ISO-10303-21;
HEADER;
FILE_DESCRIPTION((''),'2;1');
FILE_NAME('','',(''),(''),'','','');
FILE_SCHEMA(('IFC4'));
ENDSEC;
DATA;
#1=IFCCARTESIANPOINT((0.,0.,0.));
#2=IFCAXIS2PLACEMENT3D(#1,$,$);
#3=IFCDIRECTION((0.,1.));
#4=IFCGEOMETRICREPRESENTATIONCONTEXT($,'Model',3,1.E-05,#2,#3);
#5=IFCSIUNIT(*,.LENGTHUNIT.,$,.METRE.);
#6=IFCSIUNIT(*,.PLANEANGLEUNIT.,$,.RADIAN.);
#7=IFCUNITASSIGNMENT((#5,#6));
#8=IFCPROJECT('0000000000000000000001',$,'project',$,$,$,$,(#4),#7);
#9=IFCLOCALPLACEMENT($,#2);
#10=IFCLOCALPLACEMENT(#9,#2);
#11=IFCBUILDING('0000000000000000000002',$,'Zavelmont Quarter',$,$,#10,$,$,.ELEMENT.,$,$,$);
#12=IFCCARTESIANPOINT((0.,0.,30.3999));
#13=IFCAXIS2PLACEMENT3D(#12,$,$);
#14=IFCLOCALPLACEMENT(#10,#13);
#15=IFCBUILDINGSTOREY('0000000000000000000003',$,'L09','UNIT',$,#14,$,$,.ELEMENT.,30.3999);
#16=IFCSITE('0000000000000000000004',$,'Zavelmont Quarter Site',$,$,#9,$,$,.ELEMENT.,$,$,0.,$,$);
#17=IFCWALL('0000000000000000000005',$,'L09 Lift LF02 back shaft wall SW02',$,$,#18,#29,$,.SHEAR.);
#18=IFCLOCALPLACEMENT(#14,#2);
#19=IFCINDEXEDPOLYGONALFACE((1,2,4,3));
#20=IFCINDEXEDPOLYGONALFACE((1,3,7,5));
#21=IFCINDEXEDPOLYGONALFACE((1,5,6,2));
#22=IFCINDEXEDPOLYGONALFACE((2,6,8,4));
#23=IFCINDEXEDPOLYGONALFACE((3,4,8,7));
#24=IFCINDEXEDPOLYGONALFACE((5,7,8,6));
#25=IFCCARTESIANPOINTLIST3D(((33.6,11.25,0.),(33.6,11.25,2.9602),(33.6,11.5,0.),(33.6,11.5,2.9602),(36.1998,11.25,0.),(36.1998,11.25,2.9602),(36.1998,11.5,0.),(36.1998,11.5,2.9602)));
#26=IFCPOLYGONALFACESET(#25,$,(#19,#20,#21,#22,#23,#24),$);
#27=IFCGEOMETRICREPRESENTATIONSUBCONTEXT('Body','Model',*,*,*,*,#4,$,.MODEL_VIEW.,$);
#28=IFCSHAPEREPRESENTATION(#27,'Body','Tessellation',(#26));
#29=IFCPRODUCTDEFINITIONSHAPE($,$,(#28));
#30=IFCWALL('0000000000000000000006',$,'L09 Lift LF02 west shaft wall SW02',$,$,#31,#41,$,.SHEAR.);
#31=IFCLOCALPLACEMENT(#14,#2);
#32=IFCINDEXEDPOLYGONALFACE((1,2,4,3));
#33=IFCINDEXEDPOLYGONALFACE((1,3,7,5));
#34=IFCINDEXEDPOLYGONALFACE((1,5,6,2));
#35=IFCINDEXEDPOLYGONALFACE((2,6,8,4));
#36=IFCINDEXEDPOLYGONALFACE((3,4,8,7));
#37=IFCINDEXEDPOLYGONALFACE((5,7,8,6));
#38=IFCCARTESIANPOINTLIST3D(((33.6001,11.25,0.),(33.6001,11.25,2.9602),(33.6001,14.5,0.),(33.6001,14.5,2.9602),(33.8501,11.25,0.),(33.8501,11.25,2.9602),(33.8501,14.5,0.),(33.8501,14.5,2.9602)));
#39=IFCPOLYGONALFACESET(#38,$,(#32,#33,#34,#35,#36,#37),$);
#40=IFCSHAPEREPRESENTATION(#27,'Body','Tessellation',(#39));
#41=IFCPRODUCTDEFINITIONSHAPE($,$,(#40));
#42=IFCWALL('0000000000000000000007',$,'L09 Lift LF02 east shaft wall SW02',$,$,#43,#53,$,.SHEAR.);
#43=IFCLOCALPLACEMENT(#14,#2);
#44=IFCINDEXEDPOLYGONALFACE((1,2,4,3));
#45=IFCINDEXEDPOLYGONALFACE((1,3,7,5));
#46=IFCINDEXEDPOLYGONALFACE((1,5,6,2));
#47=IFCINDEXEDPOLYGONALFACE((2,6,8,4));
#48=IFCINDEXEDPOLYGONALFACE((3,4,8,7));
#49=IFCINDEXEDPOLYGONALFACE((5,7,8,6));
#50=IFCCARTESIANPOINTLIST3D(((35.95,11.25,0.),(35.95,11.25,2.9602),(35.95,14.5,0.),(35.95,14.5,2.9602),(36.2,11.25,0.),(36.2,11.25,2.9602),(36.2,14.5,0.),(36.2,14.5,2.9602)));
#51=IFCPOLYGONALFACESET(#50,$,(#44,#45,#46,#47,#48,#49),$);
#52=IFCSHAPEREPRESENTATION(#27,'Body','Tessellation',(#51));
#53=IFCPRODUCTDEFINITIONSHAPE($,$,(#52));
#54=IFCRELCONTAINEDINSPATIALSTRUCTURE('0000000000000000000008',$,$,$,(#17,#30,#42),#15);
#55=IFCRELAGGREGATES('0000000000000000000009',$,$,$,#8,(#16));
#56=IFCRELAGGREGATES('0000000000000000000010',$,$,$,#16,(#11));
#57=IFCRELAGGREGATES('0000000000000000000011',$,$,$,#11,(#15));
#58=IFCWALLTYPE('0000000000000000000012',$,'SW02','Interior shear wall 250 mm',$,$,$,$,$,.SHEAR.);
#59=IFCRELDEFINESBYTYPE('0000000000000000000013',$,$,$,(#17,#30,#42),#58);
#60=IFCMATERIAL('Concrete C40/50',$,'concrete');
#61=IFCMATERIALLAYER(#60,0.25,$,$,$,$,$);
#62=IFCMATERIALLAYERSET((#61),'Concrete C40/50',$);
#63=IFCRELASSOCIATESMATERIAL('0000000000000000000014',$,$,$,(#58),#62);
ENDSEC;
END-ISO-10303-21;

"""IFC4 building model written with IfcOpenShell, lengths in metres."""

from ifc_helpers import new_model, si_unit, direction, frame, frame_2d, origin, place, context, subcontext, project, spatial, rectangle, extrude, material, layer, layer_set, type_object, element, save


model = new_model("IFC4")

# Units and contexts
model_context = context("Model", 3, precision=1e-05, world=origin(), true_north=direction((0.0, 1.0)))
body_context = subcontext(model_context, "Body", "Model", "MODEL_VIEW")
ifc_project = project(units=[si_unit("LENGTHUNIT", "METRE"), si_unit("PLANEANGLEUNIT", "RADIAN")], contexts=[model_context])

# Site, building, storey
site_placement = place(None, origin())
site = spatial("IfcSite", under=ifc_project, at=site_placement, Name="Zavelmont Quarter Site", CompositionType="ELEMENT", RefElevation=0.0)
building_placement = place(site_placement, origin())
building = spatial("IfcBuilding", under=site, at=building_placement, Name="Zavelmont Quarter", CompositionType="ELEMENT")
storey_placement = place(building_placement, frame((0.0, 0.0, 30.3999)))
storey = spatial("IfcBuildingStorey", under=building, at=storey_placement, Name="L09", Description="UNIT", CompositionType="ELEMENT", Elevation=30.3999)

# Shared definitions
ifc_material_1 = material(Name="Concrete C40/50", Category="concrete")

# Shared definitions
ifc_layer_1 = layer(ifc_material_1, 0.25)
ifc_layer_set_1 = layer_set([ifc_layer_1], Name="Concrete C40/50")
wall_type_1 = type_object("IfcWallType", Name="SW02", Description="Interior shear wall 250 mm", PredefinedType="SHEAR", material=ifc_layer_set_1)

# Walls
wall_1_placement = place(storey_placement, frame((33.6001, 11.375, 0.0), z_axis=(0.0, 0.0, 1.0), x_axis=(1.0, 0.0, 0.0)))
element("IfcWall", 1, at=wall_1_placement, inside=storey, type_object=wall_type_1, Name="L09 Lift LF02 back shaft wall SW02", PredefinedType="SHEAR", context=body_context, shape_type="SweptSolid", body=[
    extrude(rectangle(XDim=2.5999, YDim=0.25, at=frame_2d((1.2998, 0.0))), origin(), (0.0, 0.0, 1.0), 2.9602),
])
for number, where, z_axis, x_axis, name in (
    (2, (33.7251, 11.25, 0.0), (0.0, 0.0, 1.0), (0.0, 1.0, 0.0), "L09 Lift LF02 west shaft wall SW02"),
    (3, (36.075, 11.25, 0.0), (0.0, 0.0, 1.0), (0.0, 1.0, 0.0), "L09 Lift LF02 east shaft wall SW02"),
):
    element("IfcWall", number, at=place(storey_placement, frame(where, z_axis=z_axis, x_axis=x_axis)), inside=storey, type_object=wall_type_1, Name=name, PredefinedType="SHEAR", context=body_context, shape_type="SweptSolid", body=[
        extrude(rectangle(XDim=3.25, YDim=0.25, at=frame_2d((1.625, 0.0))), origin(), (0.0, 0.0, 1.0), 2.9602),
    ])

save(model, "model.ifc")
